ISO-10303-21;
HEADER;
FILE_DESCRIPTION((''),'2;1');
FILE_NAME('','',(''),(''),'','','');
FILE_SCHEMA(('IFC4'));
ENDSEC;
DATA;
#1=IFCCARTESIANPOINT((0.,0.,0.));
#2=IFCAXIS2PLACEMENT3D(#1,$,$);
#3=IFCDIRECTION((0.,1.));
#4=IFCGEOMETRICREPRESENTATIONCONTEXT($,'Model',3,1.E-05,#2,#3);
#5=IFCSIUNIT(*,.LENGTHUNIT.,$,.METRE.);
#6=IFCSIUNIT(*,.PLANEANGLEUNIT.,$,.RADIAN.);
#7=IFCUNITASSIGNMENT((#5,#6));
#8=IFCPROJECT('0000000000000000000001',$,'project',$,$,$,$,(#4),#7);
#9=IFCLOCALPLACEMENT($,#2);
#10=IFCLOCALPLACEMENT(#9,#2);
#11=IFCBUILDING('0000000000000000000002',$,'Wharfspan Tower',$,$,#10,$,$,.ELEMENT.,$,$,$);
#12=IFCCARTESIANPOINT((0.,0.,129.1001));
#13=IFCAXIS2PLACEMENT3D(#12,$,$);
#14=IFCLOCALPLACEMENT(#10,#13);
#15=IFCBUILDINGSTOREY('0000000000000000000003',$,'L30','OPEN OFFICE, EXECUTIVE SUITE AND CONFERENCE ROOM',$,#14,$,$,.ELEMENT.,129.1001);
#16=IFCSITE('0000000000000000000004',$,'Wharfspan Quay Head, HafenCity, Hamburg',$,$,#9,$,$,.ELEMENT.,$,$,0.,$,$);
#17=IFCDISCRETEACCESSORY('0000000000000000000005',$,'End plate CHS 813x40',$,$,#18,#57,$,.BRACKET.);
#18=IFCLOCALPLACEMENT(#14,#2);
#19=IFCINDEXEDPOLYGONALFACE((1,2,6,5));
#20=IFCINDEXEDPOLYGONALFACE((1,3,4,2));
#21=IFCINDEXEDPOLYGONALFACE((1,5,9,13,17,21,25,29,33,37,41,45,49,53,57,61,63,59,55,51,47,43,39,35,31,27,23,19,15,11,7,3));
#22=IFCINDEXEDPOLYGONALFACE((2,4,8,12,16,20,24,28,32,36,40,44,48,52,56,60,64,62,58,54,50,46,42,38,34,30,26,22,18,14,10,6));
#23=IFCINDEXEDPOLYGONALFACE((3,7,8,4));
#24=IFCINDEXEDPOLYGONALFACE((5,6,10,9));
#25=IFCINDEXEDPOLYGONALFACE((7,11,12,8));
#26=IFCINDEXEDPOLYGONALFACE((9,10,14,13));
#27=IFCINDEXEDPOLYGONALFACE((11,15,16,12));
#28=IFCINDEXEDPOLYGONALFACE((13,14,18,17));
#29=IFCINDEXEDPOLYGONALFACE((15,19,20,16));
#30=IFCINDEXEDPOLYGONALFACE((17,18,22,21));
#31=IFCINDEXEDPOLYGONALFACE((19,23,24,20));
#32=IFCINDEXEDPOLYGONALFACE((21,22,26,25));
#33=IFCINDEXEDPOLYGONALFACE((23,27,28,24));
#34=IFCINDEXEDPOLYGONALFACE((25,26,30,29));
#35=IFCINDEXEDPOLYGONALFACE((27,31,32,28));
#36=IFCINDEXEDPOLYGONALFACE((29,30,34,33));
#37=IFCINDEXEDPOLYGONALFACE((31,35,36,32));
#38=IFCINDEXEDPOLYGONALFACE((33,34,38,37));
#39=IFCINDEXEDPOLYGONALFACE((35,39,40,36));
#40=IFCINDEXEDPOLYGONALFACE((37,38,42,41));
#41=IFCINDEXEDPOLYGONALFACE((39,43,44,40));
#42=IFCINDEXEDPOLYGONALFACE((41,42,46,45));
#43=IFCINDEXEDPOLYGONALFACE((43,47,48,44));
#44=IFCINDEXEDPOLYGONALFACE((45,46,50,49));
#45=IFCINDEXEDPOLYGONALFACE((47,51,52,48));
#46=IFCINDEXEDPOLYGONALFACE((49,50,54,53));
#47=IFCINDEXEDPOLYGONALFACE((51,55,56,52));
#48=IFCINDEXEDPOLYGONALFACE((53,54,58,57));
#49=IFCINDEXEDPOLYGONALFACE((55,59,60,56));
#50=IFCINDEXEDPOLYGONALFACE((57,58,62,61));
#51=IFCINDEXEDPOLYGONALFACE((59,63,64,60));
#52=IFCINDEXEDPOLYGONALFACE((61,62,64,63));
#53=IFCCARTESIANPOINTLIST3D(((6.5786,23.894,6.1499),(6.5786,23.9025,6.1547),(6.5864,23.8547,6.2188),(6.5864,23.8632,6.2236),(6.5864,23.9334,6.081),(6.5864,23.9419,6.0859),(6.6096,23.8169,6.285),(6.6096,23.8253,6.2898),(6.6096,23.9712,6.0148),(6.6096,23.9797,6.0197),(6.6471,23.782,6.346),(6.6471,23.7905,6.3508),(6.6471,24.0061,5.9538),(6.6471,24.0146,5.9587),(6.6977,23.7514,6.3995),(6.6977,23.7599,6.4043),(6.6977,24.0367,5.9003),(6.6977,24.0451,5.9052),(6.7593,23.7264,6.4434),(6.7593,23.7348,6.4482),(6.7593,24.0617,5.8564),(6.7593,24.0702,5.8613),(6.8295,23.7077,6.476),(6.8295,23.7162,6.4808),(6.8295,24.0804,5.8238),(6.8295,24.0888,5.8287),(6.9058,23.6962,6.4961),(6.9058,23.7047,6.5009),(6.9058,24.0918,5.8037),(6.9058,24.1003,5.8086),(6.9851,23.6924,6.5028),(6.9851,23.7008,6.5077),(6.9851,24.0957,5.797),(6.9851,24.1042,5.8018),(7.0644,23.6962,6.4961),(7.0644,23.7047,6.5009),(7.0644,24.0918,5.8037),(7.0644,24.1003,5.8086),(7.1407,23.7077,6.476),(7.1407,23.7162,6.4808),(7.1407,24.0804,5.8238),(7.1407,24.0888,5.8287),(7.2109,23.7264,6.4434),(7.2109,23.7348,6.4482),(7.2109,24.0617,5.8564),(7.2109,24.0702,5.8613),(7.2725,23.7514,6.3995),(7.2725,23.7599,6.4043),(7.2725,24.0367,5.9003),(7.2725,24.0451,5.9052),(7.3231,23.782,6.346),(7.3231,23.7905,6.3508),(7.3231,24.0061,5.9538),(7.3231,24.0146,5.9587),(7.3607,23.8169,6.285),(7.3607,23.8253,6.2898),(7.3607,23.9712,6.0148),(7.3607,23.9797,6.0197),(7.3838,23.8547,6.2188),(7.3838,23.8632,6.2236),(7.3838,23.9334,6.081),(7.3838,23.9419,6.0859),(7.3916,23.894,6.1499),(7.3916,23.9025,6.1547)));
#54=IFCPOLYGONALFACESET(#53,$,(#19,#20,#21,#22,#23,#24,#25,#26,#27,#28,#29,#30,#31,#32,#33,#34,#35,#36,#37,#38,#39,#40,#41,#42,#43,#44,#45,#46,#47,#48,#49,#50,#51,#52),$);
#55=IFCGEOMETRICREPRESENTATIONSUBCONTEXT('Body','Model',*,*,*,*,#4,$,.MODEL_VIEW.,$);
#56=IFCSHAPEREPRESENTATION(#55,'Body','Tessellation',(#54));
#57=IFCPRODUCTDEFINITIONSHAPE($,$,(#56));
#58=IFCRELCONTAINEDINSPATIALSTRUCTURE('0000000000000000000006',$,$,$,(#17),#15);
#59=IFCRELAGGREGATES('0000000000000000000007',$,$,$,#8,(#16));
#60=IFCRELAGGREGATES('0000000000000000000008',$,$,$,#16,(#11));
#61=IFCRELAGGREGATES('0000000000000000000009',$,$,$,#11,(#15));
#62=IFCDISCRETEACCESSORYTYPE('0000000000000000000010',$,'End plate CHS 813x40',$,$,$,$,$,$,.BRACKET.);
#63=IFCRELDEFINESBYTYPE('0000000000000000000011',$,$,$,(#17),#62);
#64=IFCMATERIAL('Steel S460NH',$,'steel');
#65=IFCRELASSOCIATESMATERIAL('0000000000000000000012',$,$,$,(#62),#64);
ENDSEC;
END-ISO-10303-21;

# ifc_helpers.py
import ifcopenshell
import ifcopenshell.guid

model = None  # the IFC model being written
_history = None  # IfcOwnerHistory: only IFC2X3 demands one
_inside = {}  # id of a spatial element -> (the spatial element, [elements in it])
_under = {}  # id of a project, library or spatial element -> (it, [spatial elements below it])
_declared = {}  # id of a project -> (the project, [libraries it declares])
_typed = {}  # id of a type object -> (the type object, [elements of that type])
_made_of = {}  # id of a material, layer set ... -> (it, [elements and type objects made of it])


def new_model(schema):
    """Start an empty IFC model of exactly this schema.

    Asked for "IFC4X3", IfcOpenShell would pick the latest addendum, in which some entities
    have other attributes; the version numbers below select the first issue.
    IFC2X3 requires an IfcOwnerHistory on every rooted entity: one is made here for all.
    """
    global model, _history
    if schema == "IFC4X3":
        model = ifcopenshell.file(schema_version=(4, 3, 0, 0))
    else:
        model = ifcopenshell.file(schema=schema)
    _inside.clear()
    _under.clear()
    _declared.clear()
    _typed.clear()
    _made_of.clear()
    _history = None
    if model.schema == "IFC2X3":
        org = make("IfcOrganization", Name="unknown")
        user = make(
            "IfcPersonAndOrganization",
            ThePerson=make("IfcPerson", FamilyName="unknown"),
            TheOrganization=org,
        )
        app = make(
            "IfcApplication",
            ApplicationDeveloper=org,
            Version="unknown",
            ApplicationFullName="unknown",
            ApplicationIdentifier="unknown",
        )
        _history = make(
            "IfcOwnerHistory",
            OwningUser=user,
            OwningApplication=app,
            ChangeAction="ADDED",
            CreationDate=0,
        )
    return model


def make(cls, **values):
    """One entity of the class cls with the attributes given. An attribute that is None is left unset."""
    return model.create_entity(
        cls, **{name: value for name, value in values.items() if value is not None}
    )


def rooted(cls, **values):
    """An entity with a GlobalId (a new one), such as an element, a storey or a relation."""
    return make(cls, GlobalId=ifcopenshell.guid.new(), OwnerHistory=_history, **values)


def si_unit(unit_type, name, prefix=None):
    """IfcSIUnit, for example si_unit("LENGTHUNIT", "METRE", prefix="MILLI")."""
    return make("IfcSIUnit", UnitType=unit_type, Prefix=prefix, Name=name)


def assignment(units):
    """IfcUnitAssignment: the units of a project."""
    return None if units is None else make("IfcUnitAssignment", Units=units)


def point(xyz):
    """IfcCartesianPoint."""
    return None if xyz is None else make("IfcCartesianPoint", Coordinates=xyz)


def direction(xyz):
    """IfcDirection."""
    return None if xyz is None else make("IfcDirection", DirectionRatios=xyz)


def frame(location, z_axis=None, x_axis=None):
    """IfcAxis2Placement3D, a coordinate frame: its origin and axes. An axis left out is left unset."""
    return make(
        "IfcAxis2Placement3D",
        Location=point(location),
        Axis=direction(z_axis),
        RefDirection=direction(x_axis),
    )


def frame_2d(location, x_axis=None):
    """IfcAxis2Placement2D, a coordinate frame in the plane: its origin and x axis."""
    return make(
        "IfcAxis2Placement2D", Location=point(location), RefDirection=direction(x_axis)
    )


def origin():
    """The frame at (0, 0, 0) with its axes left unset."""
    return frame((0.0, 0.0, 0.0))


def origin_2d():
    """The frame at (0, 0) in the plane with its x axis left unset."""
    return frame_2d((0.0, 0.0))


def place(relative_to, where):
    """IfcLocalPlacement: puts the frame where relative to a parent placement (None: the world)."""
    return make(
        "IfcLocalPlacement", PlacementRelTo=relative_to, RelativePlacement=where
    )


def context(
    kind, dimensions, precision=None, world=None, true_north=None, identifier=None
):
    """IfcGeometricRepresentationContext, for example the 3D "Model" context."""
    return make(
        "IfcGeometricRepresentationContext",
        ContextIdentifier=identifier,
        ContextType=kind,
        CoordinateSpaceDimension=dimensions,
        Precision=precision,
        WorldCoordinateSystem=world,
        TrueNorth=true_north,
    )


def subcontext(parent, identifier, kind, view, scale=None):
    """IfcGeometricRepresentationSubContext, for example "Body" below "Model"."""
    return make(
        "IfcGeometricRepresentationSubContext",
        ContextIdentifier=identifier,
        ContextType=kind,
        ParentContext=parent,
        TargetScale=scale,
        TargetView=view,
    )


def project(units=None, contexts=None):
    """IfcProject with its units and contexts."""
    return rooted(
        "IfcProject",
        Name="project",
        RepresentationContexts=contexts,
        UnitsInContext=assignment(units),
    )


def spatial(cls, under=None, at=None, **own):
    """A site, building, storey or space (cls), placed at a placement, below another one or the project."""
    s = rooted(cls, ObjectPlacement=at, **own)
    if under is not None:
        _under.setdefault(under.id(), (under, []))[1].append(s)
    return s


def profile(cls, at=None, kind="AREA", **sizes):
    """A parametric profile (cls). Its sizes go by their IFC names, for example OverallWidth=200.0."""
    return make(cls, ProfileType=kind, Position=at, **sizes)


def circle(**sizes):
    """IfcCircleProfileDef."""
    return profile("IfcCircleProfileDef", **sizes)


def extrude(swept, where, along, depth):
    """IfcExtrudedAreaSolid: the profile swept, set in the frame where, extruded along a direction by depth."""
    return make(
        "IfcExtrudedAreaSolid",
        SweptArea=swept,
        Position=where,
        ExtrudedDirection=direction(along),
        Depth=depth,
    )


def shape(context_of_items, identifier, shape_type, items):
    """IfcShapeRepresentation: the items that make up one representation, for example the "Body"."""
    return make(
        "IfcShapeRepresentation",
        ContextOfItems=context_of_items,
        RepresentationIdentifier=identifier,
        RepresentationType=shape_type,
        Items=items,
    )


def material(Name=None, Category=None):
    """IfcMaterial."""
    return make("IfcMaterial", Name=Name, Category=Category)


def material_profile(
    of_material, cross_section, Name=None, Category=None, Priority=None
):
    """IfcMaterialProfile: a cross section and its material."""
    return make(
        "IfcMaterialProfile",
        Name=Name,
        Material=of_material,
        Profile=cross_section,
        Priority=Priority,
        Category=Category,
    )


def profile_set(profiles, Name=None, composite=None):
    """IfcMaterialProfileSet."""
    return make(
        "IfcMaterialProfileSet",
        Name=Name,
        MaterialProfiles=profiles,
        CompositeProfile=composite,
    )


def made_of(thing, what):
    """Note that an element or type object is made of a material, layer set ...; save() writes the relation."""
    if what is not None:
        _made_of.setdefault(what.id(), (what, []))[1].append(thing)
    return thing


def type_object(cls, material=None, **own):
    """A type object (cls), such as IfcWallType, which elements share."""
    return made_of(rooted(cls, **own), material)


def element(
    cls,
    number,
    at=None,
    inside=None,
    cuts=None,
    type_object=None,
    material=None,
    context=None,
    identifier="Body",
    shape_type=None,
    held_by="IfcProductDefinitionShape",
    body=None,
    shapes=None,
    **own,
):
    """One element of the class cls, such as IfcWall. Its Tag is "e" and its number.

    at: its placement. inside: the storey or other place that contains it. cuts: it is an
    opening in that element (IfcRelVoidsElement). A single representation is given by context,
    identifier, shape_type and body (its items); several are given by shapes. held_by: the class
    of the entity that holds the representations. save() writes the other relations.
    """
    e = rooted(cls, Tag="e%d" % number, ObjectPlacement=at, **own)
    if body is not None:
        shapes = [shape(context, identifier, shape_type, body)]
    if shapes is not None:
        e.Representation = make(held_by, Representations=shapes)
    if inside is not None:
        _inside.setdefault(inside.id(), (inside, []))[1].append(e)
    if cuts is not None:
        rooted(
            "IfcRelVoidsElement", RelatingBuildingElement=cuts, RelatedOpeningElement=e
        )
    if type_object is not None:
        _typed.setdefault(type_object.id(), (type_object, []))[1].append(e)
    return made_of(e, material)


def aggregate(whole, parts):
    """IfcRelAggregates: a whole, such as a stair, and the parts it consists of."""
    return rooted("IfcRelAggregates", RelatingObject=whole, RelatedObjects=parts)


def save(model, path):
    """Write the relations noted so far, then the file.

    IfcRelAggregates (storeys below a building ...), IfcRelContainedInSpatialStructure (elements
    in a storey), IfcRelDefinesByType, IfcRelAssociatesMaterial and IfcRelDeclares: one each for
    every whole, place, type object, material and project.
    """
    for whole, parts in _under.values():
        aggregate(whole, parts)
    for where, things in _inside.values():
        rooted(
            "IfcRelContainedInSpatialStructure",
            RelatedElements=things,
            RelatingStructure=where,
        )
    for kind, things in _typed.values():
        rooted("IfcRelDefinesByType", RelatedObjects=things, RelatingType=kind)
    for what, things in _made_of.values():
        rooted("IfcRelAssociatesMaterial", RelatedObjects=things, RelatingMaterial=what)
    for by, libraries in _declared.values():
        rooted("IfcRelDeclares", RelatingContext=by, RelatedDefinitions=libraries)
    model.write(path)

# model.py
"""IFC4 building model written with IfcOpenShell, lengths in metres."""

from ifc_helpers import new_model, si_unit, direction, frame, origin, origin_2d, place, context, subcontext, project, spatial, circle, extrude, material, material_profile, profile_set, type_object, element, save


model = new_model("IFC4")

# Units and contexts
model_context = context("Model", 3, precision=1e-05, world=origin(), true_north=direction((0.0, 1.0)))
body_context = subcontext(model_context, "Body", "Model", "MODEL_VIEW")
ifc_project = project(units=[si_unit("LENGTHUNIT", "METRE"), si_unit("PLANEANGLEUNIT", "RADIAN")], contexts=[model_context])

# Site, building, storey
site_placement = place(None, origin())
site = spatial("IfcSite", under=ifc_project, at=site_placement, Name="Wharfspan Quay Head, HafenCity, Hamburg", CompositionType="ELEMENT", RefElevation=0.0)
building_placement = place(site_placement, origin())
building = spatial("IfcBuilding", under=site, at=building_placement, Name="Wharfspan Tower", CompositionType="ELEMENT")
storey_placement = place(building_placement, frame((0.0, 0.0, 129.1001)))
storey = spatial("IfcBuildingStorey", under=building, at=storey_placement, Name="L30", Description="OPEN OFFICE, EXECUTIVE SUITE AND CONFERENCE ROOM", CompositionType="ELEMENT", Elevation=129.1001)

# Shared definitions
ifc_material_1 = material(Name="Steel S460NH", Category="steel")

# Discrete accessory
ifc_material_profile_1 = material_profile(ifc_material_1, circle(Radius=0.4065, at=origin_2d()))
ifc_profile_set_1 = profile_set([ifc_material_profile_1], Name="Steel S460NH")
discrete_accessory_type = type_object("IfcDiscreteAccessoryType", Name="End plate CHS 813x40", PredefinedType="BRACKET", material=ifc_profile_set_1)
for number, where, z_axis, x_axis, name in (
    (1, (6.9851, 23.894, 6.1499), (0.0, 0.868243, 0.496139), (-1.0, 0.0, 0.0), "End plate CHS 813x40"),
):
    element("IfcDiscreteAccessory", number, at=place(storey_placement, frame(where, z_axis=z_axis, x_axis=x_axis)), inside=storey, type_object=discrete_accessory_type, Name=name, PredefinedType="BRACKET", context=body_context, shape_type="SweptSolid", body=[
        extrude(circle(Radius=0.4065, at=origin_2d()), origin(), (0.0, 0.0, 1.0), 0.0098),
    ])

save(model, "model.ifc")
